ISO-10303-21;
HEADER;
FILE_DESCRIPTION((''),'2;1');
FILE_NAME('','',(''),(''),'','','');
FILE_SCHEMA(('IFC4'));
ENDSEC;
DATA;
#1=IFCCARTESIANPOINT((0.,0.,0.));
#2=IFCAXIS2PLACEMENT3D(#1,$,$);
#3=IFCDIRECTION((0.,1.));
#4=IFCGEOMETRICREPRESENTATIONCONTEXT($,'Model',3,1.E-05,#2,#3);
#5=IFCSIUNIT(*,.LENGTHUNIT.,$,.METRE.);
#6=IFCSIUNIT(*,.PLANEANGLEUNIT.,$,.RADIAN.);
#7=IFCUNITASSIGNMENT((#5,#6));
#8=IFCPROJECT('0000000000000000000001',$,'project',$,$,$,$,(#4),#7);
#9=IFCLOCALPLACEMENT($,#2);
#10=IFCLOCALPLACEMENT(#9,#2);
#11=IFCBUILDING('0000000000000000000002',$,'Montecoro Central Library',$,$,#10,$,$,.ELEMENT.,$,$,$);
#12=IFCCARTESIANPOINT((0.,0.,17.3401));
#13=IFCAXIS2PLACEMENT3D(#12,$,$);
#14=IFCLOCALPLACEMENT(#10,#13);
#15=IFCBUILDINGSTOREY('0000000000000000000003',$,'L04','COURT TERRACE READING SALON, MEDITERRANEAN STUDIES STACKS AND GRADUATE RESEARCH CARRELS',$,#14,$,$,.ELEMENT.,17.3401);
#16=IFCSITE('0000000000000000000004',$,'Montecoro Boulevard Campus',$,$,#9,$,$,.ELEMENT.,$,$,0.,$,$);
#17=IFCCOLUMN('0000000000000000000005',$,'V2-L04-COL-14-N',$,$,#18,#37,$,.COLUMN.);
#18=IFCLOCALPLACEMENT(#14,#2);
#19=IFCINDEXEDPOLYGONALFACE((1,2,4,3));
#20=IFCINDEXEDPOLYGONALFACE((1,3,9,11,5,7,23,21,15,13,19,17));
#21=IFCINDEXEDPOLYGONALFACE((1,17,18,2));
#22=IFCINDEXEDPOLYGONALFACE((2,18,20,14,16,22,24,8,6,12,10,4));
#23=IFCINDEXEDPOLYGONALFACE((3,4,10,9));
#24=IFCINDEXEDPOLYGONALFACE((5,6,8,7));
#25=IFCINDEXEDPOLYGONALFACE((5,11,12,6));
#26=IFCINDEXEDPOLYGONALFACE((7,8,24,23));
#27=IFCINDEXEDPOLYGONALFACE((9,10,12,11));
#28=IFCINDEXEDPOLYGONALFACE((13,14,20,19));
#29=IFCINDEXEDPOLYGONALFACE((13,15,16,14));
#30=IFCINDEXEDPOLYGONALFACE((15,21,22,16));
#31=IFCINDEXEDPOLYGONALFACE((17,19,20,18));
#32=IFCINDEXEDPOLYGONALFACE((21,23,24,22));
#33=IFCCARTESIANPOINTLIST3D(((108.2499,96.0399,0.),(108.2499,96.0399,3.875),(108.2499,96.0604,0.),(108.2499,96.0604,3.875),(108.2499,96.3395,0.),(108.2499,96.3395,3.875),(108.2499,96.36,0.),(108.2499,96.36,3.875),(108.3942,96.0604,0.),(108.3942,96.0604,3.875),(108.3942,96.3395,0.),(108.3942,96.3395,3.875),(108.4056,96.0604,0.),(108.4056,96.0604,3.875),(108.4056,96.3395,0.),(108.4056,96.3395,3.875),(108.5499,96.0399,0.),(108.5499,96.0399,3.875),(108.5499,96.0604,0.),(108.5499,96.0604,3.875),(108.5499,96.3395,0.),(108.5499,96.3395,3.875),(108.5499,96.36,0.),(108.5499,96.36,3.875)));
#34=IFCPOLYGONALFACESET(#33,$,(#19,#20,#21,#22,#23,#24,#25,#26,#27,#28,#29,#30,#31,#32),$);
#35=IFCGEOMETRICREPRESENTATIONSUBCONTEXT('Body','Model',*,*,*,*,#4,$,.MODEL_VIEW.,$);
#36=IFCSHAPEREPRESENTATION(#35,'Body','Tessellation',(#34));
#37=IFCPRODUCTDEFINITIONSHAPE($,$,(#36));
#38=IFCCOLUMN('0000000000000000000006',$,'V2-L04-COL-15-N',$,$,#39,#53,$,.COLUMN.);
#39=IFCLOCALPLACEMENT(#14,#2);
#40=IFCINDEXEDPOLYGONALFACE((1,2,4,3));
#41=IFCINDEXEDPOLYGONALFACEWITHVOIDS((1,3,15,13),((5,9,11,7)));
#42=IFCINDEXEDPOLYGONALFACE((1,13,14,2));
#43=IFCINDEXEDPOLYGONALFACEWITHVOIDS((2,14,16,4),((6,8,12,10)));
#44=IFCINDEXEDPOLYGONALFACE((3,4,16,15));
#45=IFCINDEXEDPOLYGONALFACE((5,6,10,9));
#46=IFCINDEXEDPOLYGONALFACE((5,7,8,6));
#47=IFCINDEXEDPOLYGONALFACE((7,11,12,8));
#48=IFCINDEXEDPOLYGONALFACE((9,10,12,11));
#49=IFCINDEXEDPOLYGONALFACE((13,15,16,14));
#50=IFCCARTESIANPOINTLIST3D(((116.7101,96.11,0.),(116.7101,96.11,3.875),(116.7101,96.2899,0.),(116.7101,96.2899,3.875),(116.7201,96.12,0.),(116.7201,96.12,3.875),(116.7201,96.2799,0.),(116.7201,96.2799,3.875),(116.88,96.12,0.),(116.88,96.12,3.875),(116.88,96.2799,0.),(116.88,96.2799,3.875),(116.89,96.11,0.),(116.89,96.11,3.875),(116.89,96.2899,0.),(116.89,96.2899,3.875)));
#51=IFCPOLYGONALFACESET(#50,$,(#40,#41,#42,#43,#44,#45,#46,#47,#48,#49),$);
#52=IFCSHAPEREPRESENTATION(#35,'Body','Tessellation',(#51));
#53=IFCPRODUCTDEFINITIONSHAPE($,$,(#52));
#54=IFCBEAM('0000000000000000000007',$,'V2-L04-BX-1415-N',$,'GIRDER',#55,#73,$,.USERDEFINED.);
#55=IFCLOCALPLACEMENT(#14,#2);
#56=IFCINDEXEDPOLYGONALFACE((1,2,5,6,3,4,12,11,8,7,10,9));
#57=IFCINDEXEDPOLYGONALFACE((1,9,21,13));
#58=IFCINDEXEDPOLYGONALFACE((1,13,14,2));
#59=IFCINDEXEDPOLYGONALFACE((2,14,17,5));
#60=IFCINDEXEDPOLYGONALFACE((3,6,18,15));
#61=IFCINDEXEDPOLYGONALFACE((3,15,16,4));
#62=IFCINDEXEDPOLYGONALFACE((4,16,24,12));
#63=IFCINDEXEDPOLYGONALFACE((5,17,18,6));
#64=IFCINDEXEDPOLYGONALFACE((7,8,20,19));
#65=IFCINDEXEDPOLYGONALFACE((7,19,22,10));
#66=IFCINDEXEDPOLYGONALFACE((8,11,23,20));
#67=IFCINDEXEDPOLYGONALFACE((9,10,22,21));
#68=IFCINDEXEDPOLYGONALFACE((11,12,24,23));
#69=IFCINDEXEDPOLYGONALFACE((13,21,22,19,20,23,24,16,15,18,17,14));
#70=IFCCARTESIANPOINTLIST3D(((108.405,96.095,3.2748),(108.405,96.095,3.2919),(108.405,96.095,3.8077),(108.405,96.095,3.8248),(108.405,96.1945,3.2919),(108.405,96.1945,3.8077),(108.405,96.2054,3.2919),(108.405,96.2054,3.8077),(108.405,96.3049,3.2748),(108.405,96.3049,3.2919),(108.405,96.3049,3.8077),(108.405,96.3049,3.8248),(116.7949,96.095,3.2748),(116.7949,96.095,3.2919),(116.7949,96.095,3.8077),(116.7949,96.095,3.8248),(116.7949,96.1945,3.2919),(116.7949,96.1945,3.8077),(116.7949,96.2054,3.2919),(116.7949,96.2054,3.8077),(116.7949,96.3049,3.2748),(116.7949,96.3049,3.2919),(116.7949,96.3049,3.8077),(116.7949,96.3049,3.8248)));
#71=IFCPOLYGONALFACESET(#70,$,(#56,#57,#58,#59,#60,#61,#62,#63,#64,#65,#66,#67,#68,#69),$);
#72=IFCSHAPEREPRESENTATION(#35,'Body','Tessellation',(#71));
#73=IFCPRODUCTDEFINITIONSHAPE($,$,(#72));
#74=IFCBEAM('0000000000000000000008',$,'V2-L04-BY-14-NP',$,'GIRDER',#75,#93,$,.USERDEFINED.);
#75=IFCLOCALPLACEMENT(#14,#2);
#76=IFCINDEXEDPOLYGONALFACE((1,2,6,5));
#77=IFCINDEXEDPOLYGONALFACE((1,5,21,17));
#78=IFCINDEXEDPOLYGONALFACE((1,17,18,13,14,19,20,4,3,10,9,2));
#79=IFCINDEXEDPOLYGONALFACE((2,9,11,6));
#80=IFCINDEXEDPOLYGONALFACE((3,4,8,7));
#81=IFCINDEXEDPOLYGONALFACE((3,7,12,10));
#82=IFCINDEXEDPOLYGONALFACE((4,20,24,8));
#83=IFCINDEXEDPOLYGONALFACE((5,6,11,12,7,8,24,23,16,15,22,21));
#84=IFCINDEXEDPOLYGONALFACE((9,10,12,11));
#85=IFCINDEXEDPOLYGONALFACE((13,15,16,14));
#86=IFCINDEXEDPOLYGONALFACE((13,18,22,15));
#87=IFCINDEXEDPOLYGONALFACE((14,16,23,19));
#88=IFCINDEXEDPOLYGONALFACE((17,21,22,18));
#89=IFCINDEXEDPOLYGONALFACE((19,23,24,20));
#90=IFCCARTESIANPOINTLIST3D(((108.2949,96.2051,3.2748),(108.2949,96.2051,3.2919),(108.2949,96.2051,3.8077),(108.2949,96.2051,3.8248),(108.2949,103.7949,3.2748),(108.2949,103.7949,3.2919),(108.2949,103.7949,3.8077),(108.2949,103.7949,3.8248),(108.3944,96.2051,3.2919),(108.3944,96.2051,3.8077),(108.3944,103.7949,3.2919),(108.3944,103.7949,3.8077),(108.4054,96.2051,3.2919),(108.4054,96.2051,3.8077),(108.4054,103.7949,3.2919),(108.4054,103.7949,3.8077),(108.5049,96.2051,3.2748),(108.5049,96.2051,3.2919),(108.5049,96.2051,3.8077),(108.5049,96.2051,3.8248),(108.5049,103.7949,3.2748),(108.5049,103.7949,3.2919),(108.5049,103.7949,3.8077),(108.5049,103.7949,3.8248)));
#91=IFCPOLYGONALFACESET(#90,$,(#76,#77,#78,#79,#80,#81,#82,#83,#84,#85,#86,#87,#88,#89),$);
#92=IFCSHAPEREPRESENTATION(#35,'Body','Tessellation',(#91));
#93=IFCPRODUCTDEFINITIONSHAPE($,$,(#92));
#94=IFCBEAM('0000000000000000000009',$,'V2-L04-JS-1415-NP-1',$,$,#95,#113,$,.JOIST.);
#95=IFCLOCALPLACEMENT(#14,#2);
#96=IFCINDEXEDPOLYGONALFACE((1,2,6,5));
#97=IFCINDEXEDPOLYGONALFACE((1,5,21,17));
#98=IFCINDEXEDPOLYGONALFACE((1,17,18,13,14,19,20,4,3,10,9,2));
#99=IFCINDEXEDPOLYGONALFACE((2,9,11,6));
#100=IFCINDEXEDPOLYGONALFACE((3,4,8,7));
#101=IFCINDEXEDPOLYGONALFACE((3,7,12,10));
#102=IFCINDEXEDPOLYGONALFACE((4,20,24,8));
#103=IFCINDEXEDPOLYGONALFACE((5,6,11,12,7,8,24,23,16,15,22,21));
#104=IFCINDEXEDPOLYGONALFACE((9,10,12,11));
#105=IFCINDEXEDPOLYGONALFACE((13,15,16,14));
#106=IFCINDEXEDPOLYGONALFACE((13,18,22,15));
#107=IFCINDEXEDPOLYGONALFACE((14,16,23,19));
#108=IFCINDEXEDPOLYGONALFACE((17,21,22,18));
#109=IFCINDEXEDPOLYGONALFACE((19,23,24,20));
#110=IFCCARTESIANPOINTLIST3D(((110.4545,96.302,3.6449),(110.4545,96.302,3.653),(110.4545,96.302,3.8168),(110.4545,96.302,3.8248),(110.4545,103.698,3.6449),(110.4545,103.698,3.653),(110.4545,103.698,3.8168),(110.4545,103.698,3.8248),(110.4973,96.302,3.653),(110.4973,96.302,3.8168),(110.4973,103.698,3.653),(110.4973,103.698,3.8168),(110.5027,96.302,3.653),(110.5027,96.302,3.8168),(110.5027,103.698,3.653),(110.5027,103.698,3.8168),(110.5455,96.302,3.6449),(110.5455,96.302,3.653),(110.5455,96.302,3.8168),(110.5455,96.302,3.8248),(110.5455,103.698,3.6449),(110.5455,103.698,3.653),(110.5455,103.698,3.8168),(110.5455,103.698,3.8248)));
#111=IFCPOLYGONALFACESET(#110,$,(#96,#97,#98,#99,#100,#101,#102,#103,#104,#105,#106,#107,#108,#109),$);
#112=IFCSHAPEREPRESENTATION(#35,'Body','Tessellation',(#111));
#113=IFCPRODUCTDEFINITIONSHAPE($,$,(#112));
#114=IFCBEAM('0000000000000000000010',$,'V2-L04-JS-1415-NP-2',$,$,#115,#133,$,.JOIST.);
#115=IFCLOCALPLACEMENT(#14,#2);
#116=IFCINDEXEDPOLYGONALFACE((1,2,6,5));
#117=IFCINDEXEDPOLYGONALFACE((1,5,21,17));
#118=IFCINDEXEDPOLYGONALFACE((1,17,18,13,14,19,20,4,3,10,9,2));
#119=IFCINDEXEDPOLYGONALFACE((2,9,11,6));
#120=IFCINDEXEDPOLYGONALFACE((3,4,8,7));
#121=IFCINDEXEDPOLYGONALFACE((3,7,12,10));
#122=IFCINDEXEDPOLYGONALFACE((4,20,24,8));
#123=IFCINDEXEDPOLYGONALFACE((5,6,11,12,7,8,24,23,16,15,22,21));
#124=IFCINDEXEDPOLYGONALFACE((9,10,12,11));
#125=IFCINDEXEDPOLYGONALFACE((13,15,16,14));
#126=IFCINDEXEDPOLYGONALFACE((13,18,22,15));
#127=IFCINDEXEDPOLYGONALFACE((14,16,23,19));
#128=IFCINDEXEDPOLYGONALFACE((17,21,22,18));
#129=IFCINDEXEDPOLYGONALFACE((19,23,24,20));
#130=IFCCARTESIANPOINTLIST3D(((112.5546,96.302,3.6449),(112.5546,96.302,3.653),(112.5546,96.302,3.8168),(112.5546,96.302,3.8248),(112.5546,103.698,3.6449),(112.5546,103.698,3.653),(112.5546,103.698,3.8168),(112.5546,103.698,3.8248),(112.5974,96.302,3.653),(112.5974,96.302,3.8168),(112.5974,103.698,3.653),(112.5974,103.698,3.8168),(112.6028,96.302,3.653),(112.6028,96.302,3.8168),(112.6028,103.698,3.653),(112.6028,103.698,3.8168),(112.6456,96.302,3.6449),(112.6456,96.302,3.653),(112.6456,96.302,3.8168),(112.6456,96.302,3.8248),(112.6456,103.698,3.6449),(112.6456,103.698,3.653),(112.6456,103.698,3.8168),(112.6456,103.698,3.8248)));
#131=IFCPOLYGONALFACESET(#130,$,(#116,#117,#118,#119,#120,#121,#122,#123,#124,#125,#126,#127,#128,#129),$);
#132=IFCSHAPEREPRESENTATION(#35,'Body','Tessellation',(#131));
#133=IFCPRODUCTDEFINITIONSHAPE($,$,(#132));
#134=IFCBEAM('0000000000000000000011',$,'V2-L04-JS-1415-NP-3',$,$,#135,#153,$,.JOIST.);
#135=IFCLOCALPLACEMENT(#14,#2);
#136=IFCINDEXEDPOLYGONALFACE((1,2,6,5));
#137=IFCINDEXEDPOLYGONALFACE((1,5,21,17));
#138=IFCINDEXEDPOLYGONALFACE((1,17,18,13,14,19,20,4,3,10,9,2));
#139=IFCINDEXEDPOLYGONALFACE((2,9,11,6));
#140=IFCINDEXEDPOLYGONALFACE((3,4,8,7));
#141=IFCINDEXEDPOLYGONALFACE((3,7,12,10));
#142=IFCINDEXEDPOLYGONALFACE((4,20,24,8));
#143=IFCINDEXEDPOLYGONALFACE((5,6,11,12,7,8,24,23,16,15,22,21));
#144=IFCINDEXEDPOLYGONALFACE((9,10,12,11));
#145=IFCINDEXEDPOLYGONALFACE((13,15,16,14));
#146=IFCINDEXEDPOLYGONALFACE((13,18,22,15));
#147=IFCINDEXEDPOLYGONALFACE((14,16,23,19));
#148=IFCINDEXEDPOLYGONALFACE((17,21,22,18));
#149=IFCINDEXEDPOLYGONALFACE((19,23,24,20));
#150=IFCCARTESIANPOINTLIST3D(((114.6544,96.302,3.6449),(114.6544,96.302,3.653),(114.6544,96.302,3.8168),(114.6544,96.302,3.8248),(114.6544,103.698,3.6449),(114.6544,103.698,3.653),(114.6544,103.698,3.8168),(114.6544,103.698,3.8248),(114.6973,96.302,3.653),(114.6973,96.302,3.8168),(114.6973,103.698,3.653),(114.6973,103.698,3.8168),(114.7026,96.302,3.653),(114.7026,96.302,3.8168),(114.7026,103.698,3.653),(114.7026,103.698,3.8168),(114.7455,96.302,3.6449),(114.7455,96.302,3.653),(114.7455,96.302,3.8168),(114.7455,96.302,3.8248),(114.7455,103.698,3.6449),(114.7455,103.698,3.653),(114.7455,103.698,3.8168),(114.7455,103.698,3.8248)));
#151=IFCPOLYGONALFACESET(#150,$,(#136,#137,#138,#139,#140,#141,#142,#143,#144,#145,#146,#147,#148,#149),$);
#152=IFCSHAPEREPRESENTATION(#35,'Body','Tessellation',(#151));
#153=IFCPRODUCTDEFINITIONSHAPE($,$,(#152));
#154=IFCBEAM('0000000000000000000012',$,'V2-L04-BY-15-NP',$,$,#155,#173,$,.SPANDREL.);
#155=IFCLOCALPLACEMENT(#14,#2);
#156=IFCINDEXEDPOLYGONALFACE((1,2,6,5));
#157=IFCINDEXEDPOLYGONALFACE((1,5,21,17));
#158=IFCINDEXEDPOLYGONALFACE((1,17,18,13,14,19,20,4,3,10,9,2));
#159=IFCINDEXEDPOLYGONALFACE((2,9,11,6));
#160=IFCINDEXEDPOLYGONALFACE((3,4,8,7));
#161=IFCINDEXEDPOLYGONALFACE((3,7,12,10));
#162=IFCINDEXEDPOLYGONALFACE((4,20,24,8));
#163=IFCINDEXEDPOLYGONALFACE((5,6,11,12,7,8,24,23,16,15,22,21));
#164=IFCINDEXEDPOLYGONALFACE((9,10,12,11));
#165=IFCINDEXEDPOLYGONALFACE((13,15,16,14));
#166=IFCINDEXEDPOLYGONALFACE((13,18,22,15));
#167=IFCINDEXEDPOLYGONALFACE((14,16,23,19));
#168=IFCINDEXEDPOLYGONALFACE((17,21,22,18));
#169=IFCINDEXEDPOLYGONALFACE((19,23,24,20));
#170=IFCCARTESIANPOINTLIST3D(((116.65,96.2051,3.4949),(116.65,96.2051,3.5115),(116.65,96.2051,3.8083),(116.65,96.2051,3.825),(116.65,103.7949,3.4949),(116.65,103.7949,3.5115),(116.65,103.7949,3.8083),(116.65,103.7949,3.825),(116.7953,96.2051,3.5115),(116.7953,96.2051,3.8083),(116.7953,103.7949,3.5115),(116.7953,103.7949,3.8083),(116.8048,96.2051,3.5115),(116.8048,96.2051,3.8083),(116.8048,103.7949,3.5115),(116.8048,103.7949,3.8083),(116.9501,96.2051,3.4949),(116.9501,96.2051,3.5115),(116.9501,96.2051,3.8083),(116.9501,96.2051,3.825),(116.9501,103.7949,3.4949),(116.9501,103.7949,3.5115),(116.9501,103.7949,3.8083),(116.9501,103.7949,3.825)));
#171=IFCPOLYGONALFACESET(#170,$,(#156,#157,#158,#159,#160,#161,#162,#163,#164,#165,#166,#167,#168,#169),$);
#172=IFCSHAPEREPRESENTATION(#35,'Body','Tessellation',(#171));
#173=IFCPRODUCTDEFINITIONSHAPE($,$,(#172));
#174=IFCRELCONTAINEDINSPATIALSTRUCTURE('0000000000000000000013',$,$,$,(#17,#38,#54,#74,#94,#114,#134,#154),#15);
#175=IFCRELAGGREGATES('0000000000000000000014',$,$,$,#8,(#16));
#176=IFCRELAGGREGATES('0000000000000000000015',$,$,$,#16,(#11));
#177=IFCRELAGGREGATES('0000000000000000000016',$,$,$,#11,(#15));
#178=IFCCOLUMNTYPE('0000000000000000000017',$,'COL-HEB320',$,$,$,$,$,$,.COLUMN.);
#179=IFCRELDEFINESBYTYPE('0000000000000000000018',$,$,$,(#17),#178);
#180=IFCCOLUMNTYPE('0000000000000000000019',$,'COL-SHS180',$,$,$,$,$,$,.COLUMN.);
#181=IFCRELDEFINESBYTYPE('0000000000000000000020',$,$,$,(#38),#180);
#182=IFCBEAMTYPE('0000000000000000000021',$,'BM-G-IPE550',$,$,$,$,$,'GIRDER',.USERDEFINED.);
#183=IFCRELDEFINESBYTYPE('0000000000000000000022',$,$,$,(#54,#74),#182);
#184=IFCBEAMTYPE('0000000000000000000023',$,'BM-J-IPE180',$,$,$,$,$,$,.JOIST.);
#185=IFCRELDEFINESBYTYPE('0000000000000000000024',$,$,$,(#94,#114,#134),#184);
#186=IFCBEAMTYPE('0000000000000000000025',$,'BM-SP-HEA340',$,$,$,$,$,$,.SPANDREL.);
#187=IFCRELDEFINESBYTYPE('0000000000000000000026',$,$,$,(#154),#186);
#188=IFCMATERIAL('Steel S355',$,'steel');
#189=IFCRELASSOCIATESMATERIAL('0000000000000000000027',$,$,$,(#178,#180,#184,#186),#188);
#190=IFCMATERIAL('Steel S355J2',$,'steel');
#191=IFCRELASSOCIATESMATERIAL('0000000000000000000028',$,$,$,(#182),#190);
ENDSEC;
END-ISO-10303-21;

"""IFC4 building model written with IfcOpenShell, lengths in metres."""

from ifc_helpers import new_model, si_unit, direction, frame, origin, origin_2d, place, context, subcontext, project, spatial, hollow_rectangle, i_section, extrude, material, material_profile, profile_set, type_object, element, save


model = new_model("IFC4")

# Units and contexts
model_context = context("Model", 3, precision=1e-05, world=origin(), true_north=direction((0.0, 1.0)))
body_context = subcontext(model_context, "Body", "Model", "MODEL_VIEW")
ifc_project = project(units=[si_unit("LENGTHUNIT", "METRE"), si_unit("PLANEANGLEUNIT", "RADIAN")], contexts=[model_context])

# Site, building, storey
site_placement = place(None, origin())
site = spatial("IfcSite", under=ifc_project, at=site_placement, Name="Montecoro Boulevard Campus", CompositionType="ELEMENT", RefElevation=0.0)
building_placement = place(site_placement, origin())
building = spatial("IfcBuilding", under=site, at=building_placement, Name="Montecoro Central Library", CompositionType="ELEMENT")
storey_placement = place(building_placement, frame((0.0, 0.0, 17.3401)))
storey = spatial("IfcBuildingStorey", under=building, at=storey_placement, Name="L04", Description="COURT TERRACE READING SALON, MEDITERRANEAN STUDIES STACKS AND GRADUATE RESEARCH CARRELS", CompositionType="ELEMENT", Elevation=17.3401)

# Columns
ifc_material_1 = material(Name="Steel S355", Category="steel")
ifc_material_profile_1 = material_profile(ifc_material_1, i_section(OverallWidth=0.3, OverallDepth=0.3201, WebThickness=0.0115, FlangeThickness=0.0205, at=origin_2d()), Name="HEB 320")
ifc_profile_set_1 = profile_set([ifc_material_profile_1], Name="Steel S355")
column_type_1 = type_object("IfcColumnType", Name="COL-HEB320", PredefinedType="COLUMN", material=ifc_profile_set_1)
column_1_placement = place(storey_placement, frame((108.3999, 96.2, 0.0), z_axis=(0.0, 0.0, 1.0), x_axis=(1.0, 0.0, 0.0)))
element("IfcColumn", 1, at=column_1_placement, inside=storey, type_object=column_type_1, Name="V2-L04-COL-14-N", PredefinedType="COLUMN", context=body_context, shape_type="SweptSolid", body=[
    extrude(i_section(OverallWidth=0.3, OverallDepth=0.3201, WebThickness=0.0115, FlangeThickness=0.0205, at=origin_2d()), origin(), (0.0, 0.0, 1.0), 3.875),
])
ifc_material_profile_2 = material_profile(ifc_material_1, hollow_rectangle(XDim=0.1799, YDim=0.1799, WallThickness=0.01, at=origin_2d()), Name="SHS 180x180x10.0")
ifc_profile_set_2 = profile_set([ifc_material_profile_2], Name="Steel S355")
column_type_2 = type_object("IfcColumnType", Name="COL-SHS180", PredefinedType="COLUMN", material=ifc_profile_set_2)
column_2_placement = place(storey_placement, frame((116.8, 96.2, 0.0), z_axis=(0.0, 0.0, 1.0), x_axis=(1.0, 0.0, 0.0)))
element("IfcColumn", 2, at=column_2_placement, inside=storey, type_object=column_type_2, Name="V2-L04-COL-15-N", PredefinedType="COLUMN", context=body_context, shape_type="SweptSolid", body=[
    extrude(hollow_rectangle(XDim=0.1799, YDim=0.1799, WallThickness=0.01, at=origin_2d()), origin(), (0.0, 0.0, 1.0), 3.875),
])

# Beams
ifc_material_2 = material(Name="Steel S355J2", Category="steel")
ifc_material_profile_3 = material_profile(ifc_material_2, i_section(OverallWidth=0.21, OverallDepth=0.55, WebThickness=0.011, FlangeThickness=0.0171, at=origin_2d()), Name="IPE 550")
ifc_profile_set_3 = profile_set([ifc_material_profile_3], Name="Steel S355J2")
beam_type_1 = type_object("IfcBeamType", Name="BM-G-IPE550", ElementType="GIRDER", PredefinedType="USERDEFINED", material=ifc_profile_set_3)
beam_1_placement = place(storey_placement, frame((108.405, 96.2, 3.5498), z_axis=(1.0, 0.0, 0.0), x_axis=(0.0, 1.0, 0.0)))
element("IfcBeam", 3, at=beam_1_placement, inside=storey, type_object=beam_type_1, Name="V2-L04-BX-1415-N", ObjectType="GIRDER", PredefinedType="USERDEFINED", context=body_context, shape_type="SweptSolid", body=[
    extrude(i_section(OverallWidth=0.21, OverallDepth=0.55, WebThickness=0.011, FlangeThickness=0.0171, at=origin_2d()), origin(), (0.0, 0.0, 1.0), 8.3899),
])
beam_2_placement = place(storey_placement, frame((108.3999, 96.2051, 3.5498), z_axis=(0.0, 1.0, 0.0), x_axis=(-1.0, 0.0, 0.0)))
element("IfcBeam", 4, at=beam_2_placement, inside=storey, type_object=beam_type_1, Name="V2-L04-BY-14-NP", ObjectType="GIRDER", PredefinedType="USERDEFINED", context=body_context, shape_type="SweptSolid", body=[
    extrude(i_section(OverallWidth=0.21, OverallDepth=0.55, WebThickness=0.011, FlangeThickness=0.0171, at=origin_2d()), origin(), (0.0, 0.0, 1.0), 7.5898),
])
ifc_material_profile_4 = material_profile(ifc_material_1, i_section(OverallWidth=0.0911, OverallDepth=0.1799, WebThickness=0.0054, FlangeThickness=0.0081, at=origin_2d()), Name="IPE 180")
ifc_profile_set_4 = profile_set([ifc_material_profile_4], Name="Steel S355")
beam_type_2 = type_object("IfcBeamType", Name="BM-J-IPE180", PredefinedType="JOIST", material=ifc_profile_set_4)
for number, where, z_axis, x_axis, name in (
    (5, (110.5, 96.302, 3.7349), (0.0, 1.0, 0.0), (-1.0, 0.0, 0.0), "V2-L04-JS-1415-NP-1"),
    (6, (112.6001, 96.302, 3.7349), (0.0, 1.0, 0.0), (-1.0, 0.0, 0.0), "V2-L04-JS-1415-NP-2"),
    (7, (114.7, 96.302, 3.7349), (0.0, 1.0, 0.0), (-1.0, 0.0, 0.0), "V2-L04-JS-1415-NP-3"),
):
    element("IfcBeam", number, at=place(storey_placement, frame(where, z_axis=z_axis, x_axis=x_axis)), inside=storey, type_object=beam_type_2, Name=name, PredefinedType="JOIST", context=body_context, shape_type="SweptSolid", body=[
        extrude(i_section(OverallWidth=0.0911, OverallDepth=0.1799, WebThickness=0.0054, FlangeThickness=0.0081, at=origin_2d()), origin(), (0.0, 0.0, 1.0), 7.396),
    ])
ifc_material_profile_5 = material_profile(ifc_material_1, i_section(OverallWidth=0.3, OverallDepth=0.3301, WebThickness=0.0095, FlangeThickness=0.0166, at=origin_2d()), Name="HEA 340")
ifc_profile_set_5 = profile_set([ifc_material_profile_5], Name="Steel S355")
beam_type_3 = type_object("IfcBeamType", Name="BM-SP-HEA340", PredefinedType="SPANDREL", material=ifc_profile_set_5)
beam_3_placement = place(storey_placement, frame((116.8, 96.2051, 3.6599), z_axis=(0.0, 1.0, 0.0), x_axis=(-1.0, 0.0, 0.0)))
element("IfcBeam", 8, at=beam_3_placement, inside=storey, type_object=beam_type_3, Name="V2-L04-BY-15-NP", PredefinedType="SPANDREL", context=body_context, shape_type="SweptSolid", body=[
    extrude(i_section(OverallWidth=0.3, OverallDepth=0.3301, WebThickness=0.0095, FlangeThickness=0.0166, at=origin_2d()), origin(), (0.0, 0.0, 1.0), 7.5898),
])

save(model, "model.ifc")
